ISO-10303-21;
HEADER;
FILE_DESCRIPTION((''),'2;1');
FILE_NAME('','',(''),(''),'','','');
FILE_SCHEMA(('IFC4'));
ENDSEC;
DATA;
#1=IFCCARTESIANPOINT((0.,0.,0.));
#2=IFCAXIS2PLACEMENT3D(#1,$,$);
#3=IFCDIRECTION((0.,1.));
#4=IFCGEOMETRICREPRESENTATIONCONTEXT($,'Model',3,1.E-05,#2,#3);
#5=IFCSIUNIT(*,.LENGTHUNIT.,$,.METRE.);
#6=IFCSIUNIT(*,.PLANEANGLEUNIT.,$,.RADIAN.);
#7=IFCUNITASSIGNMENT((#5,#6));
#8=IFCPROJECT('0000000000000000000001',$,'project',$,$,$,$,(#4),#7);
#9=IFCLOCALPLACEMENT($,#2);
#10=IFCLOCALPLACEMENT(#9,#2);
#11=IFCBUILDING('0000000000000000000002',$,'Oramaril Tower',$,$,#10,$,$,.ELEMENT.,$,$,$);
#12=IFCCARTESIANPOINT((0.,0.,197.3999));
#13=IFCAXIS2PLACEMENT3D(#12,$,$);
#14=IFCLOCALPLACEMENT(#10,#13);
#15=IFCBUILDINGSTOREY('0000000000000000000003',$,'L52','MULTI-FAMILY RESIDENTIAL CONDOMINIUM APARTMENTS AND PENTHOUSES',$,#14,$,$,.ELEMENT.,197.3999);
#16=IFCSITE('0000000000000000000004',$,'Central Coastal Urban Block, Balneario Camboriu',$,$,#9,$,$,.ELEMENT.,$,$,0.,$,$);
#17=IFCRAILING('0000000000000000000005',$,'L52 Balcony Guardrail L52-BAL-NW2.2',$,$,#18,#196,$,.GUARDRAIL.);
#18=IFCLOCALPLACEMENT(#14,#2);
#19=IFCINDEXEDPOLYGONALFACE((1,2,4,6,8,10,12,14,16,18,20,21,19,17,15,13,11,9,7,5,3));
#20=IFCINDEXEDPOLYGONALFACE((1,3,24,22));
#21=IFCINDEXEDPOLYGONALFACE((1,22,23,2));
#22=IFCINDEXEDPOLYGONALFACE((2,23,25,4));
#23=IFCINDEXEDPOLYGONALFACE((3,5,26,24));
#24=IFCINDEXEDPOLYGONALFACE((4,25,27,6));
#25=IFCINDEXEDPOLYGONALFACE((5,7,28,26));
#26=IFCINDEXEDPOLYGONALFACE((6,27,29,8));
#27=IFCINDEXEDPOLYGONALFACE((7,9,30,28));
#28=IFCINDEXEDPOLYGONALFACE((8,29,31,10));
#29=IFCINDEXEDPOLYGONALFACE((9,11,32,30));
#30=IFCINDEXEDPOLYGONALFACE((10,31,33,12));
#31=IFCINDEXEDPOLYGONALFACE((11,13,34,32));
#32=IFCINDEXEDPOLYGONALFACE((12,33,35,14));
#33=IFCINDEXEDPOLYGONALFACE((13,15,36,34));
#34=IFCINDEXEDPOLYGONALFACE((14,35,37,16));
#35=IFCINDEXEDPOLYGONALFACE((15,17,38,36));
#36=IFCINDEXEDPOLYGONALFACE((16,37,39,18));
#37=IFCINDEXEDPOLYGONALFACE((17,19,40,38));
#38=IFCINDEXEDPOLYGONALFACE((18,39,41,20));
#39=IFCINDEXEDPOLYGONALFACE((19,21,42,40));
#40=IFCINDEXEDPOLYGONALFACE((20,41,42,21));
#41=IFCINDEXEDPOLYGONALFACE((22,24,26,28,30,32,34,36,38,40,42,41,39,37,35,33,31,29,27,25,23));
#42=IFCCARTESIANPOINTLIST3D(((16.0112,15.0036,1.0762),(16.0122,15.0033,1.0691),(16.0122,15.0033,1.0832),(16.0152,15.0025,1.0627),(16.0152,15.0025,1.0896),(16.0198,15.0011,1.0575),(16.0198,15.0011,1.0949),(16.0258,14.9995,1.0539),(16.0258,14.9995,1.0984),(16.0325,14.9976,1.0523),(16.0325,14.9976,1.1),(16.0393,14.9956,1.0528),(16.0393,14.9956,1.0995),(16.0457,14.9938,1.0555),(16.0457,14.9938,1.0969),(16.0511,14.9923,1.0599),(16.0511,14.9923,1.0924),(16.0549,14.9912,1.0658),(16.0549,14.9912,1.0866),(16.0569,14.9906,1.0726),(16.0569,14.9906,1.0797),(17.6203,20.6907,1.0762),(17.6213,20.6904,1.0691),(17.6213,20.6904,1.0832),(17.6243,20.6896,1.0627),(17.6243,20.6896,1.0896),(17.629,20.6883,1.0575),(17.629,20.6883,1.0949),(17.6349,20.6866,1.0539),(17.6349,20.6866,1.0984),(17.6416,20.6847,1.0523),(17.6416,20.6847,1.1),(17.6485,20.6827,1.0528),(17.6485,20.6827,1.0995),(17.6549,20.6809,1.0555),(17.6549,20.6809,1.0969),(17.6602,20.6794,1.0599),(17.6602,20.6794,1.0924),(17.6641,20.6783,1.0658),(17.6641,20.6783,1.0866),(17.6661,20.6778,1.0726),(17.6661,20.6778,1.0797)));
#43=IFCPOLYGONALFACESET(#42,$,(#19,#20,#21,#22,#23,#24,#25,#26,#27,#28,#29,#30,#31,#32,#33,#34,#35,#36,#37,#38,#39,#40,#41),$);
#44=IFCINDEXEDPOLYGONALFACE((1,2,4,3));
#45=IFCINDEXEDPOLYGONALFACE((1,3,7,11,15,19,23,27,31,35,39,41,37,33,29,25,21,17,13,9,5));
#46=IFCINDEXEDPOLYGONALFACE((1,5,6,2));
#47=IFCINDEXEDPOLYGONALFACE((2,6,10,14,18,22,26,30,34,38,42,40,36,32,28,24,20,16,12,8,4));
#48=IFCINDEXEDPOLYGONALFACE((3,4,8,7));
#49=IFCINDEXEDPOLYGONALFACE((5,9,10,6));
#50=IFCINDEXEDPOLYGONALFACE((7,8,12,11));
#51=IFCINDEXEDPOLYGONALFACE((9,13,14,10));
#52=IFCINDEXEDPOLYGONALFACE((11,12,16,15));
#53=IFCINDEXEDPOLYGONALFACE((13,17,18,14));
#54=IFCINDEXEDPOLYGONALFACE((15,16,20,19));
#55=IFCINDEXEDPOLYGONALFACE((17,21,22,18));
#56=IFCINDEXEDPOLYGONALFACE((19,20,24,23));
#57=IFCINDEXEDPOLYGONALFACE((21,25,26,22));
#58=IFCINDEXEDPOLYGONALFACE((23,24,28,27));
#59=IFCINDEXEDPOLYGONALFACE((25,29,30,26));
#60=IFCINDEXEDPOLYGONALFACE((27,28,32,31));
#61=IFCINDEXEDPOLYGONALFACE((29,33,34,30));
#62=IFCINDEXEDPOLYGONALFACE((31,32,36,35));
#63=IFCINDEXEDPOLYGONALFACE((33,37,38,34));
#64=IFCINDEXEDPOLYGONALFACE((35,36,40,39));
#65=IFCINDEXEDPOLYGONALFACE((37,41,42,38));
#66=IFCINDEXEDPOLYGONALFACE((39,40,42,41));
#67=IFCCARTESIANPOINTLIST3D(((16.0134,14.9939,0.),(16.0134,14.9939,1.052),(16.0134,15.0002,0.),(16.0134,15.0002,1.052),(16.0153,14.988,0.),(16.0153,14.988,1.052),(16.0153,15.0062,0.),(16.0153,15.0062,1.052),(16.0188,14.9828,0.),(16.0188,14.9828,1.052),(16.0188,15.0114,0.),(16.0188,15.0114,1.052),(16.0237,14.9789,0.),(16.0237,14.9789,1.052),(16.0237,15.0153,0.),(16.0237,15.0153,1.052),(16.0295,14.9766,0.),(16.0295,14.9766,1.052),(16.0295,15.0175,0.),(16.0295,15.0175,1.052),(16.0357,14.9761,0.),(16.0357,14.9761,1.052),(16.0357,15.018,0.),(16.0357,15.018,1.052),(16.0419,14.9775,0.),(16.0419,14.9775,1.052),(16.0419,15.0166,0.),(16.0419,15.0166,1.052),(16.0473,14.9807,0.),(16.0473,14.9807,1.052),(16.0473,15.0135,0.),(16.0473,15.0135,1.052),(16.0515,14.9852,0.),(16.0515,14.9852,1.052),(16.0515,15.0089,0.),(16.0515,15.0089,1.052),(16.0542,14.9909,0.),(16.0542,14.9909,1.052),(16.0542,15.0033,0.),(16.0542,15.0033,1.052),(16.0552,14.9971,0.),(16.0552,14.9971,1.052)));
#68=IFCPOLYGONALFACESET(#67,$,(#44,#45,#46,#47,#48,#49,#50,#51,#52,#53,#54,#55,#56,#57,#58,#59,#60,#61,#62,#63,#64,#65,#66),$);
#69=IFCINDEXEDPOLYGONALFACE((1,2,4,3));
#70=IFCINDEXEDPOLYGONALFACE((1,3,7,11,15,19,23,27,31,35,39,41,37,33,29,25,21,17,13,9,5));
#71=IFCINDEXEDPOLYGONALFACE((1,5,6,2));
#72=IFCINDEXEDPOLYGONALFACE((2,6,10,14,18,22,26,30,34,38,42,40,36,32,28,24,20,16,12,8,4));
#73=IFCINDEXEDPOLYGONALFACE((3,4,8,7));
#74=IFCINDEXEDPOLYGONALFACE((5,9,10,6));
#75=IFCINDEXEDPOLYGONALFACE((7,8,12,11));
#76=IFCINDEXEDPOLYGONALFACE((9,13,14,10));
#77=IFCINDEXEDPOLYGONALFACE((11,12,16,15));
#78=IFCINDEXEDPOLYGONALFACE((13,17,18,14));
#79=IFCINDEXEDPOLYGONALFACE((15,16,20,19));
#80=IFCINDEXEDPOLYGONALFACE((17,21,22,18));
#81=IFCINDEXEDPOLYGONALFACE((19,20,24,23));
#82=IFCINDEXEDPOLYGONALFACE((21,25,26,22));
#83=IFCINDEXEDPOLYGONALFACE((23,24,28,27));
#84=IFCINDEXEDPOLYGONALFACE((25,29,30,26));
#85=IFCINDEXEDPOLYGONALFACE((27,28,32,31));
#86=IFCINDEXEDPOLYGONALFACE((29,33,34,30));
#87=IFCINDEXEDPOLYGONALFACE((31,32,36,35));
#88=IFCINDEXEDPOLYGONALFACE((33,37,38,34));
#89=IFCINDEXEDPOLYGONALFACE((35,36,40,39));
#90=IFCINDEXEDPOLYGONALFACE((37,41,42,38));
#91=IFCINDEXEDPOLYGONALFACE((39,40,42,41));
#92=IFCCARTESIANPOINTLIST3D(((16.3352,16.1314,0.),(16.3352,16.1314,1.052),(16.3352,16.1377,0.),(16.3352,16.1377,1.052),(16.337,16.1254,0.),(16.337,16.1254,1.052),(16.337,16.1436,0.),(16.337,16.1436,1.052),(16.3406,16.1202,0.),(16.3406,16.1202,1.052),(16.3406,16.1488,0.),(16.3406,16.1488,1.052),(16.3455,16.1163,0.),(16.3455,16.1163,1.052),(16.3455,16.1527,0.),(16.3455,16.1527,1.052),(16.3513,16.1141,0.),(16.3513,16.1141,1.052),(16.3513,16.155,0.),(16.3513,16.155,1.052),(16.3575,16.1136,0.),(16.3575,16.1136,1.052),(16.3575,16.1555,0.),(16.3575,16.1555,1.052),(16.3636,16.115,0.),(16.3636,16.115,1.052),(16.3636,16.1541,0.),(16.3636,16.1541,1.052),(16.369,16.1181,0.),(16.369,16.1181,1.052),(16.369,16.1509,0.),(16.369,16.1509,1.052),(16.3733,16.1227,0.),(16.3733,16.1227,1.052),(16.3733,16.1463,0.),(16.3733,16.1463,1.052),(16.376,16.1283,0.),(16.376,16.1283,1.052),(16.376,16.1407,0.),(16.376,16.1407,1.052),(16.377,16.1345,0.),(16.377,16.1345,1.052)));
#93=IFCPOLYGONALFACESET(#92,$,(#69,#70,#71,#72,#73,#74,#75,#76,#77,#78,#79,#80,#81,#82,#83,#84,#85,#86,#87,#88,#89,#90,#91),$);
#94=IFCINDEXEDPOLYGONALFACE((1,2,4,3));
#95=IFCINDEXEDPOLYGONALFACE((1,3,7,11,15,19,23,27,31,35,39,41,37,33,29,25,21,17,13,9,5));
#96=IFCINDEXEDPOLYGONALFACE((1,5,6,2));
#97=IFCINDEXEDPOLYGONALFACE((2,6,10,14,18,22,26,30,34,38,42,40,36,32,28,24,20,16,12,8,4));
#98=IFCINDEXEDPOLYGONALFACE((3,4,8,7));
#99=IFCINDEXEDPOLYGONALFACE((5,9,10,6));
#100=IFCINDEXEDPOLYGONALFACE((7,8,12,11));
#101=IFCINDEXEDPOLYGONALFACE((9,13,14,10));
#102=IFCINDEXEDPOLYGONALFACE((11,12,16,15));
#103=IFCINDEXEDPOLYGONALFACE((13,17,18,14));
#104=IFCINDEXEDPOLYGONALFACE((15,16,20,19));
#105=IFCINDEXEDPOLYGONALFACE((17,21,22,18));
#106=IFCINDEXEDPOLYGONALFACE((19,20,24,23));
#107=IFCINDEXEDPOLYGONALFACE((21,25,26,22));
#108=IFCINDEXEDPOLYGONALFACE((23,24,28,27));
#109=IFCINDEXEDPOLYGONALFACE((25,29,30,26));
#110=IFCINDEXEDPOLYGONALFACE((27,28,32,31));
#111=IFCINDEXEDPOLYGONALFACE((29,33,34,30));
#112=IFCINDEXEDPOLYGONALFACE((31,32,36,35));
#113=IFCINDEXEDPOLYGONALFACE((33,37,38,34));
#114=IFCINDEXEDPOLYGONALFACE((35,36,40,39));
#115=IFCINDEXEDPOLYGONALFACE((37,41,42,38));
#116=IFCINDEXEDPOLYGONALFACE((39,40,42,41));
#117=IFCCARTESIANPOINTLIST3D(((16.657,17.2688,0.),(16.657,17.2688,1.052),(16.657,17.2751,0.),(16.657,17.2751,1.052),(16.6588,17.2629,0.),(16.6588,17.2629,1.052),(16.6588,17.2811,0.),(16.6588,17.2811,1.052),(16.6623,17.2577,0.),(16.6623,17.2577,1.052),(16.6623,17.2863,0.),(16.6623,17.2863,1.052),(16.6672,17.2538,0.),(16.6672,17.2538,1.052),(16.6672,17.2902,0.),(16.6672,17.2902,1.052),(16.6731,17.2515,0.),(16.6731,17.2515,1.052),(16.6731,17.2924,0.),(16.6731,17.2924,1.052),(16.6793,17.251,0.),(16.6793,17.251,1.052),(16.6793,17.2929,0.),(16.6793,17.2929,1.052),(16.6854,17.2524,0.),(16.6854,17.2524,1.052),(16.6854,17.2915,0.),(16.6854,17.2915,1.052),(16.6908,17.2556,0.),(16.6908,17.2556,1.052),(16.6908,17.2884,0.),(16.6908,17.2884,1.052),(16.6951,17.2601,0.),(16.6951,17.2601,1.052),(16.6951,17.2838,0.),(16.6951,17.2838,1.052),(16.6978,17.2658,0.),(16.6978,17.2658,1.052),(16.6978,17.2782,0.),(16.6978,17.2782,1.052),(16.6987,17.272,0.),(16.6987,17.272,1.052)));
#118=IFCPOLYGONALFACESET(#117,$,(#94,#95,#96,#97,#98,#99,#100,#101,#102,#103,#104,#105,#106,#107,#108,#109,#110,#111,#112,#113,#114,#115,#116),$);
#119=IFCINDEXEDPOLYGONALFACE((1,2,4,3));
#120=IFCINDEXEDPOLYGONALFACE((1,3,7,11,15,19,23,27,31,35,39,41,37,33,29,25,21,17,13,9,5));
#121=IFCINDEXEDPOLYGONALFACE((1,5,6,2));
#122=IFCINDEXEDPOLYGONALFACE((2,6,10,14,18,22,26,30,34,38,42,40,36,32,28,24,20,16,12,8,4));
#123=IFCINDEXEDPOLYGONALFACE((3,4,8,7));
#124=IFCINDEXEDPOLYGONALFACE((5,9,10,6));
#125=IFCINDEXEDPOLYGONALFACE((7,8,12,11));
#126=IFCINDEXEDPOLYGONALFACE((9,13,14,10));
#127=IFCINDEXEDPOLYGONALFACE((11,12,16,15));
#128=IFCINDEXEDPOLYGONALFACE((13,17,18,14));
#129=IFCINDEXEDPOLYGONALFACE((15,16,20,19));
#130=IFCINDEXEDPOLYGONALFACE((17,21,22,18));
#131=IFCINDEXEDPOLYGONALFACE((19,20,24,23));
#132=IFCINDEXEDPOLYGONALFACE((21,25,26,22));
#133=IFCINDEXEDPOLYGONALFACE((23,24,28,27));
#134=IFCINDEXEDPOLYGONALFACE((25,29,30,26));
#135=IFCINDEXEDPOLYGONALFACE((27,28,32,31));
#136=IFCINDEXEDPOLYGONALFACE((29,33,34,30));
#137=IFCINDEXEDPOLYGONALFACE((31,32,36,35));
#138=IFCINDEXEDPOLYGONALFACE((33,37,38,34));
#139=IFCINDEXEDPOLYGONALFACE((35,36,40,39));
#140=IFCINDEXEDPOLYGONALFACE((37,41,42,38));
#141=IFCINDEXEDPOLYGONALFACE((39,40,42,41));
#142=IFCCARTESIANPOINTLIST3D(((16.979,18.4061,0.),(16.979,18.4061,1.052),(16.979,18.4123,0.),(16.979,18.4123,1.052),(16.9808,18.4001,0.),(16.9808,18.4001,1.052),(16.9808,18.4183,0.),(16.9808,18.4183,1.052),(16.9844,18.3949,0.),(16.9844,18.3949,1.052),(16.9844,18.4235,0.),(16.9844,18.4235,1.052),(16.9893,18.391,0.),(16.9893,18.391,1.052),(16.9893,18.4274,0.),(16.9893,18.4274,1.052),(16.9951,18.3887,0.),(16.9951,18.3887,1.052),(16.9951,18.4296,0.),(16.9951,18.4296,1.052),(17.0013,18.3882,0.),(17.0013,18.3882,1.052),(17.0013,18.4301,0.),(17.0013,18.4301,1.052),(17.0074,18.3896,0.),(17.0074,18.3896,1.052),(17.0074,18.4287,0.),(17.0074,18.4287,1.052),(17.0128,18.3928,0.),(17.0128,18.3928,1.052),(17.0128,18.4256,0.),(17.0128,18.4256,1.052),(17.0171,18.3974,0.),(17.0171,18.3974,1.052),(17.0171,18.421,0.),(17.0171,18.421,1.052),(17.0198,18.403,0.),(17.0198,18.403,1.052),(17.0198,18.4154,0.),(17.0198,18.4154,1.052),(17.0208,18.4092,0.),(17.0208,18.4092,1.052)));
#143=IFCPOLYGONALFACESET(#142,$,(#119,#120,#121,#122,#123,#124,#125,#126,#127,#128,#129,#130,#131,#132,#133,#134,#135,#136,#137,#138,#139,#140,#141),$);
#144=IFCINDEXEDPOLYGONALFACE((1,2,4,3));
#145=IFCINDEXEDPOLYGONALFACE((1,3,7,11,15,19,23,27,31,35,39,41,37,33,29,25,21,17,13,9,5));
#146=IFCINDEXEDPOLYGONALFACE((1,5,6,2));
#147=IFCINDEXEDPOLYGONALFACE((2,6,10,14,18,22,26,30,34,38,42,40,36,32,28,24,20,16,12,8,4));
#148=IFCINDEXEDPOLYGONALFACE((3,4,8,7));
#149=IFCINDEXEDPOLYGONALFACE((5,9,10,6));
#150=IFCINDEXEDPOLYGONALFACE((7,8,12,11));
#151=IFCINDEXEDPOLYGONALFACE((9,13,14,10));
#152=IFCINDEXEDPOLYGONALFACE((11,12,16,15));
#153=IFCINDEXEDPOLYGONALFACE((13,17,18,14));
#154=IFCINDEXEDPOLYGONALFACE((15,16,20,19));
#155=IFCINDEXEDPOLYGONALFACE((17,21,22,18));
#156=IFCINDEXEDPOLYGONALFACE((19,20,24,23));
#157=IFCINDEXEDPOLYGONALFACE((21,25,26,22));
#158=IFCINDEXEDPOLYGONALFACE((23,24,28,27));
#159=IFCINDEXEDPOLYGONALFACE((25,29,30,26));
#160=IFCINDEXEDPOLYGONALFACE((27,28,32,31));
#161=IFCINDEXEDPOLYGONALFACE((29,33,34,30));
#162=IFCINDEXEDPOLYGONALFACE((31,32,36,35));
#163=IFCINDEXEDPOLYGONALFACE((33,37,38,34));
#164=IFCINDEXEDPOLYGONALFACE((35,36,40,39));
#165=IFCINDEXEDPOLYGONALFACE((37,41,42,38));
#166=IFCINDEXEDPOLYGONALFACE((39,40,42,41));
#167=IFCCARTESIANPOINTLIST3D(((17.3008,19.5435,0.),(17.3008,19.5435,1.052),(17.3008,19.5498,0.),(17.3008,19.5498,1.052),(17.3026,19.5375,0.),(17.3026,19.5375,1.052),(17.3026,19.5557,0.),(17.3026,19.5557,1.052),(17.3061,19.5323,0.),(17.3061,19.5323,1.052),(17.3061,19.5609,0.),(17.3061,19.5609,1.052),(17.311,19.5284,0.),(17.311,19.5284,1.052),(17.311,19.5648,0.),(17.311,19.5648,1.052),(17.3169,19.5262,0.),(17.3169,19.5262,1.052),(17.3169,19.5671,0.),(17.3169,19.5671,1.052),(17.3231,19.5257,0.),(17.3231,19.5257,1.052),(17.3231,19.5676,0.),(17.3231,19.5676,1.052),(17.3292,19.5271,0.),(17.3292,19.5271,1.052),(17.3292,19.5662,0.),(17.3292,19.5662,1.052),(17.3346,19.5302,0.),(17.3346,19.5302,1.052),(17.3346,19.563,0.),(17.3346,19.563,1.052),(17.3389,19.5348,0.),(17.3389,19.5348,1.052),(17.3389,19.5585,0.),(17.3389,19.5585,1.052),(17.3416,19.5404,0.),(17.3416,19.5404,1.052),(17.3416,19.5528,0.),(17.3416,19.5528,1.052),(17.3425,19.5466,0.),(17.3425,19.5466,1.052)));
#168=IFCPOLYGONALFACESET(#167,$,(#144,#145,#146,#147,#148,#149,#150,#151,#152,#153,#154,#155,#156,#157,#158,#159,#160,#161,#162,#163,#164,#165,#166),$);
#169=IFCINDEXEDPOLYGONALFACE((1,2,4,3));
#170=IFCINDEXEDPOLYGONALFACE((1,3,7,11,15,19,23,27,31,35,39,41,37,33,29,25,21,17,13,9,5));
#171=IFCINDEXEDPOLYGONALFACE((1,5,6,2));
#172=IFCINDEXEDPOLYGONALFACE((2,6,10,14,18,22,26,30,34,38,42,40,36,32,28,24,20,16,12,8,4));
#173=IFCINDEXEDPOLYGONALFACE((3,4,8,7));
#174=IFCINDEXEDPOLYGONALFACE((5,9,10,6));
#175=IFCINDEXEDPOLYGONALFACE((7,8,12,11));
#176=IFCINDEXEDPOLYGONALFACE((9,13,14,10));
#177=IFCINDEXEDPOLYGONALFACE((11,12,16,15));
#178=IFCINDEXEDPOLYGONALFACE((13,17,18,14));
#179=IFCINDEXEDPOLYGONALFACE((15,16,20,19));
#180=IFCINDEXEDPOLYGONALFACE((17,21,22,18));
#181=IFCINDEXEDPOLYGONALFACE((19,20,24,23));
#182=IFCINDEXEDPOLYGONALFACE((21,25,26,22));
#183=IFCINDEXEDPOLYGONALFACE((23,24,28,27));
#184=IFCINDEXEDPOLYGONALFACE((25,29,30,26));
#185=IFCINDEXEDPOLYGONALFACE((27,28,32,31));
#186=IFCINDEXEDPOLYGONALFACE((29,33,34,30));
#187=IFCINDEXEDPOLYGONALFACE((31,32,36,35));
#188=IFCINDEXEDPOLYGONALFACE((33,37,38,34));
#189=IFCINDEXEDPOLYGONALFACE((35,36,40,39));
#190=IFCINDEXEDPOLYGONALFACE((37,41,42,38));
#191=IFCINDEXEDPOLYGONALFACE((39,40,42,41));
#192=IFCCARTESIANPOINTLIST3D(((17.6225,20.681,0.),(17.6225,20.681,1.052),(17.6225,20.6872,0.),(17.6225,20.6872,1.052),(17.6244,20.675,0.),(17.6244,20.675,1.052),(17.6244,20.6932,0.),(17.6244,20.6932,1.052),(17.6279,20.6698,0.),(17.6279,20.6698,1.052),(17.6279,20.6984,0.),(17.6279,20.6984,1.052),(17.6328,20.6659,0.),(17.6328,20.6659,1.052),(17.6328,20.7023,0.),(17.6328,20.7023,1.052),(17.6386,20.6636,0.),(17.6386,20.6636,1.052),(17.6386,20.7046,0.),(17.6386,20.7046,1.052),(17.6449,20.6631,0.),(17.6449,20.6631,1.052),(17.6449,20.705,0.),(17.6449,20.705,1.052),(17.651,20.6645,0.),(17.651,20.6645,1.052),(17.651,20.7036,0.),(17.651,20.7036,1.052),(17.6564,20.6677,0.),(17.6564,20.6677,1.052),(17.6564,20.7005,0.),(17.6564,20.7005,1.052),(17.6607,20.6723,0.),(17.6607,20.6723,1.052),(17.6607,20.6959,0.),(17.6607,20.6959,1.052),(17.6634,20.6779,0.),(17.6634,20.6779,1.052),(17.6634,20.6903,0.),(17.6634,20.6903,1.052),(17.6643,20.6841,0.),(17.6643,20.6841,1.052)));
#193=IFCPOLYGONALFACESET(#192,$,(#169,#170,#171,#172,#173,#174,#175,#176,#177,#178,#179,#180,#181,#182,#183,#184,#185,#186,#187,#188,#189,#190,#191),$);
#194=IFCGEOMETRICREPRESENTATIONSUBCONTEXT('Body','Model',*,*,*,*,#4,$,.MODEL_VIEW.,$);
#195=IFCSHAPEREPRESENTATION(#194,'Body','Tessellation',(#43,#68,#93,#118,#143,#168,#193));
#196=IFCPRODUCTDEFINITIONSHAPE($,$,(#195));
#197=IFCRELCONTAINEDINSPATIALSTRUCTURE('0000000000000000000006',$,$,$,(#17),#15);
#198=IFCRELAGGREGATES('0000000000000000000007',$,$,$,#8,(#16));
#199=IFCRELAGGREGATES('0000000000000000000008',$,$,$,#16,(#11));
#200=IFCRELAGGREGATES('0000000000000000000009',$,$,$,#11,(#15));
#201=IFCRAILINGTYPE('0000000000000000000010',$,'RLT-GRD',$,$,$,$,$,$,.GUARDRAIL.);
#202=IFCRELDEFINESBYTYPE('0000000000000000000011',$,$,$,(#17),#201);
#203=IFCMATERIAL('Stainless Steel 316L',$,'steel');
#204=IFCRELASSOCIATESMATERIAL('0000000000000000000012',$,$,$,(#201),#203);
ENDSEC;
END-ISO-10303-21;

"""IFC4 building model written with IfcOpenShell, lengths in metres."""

from ifc_helpers import new_model, si_unit, direction, frame, origin, origin_2d, place, context, subcontext, project, spatial, circle, extrude, material, type_object, element, save


model = new_model("IFC4")

# Units and contexts
model_context = context("Model", 3, precision=1e-05, world=origin(), true_north=direction((0.0, 1.0)))
body_context = subcontext(model_context, "Body", "Model", "MODEL_VIEW")
ifc_project = project(units=[si_unit("LENGTHUNIT", "METRE"), si_unit("PLANEANGLEUNIT", "RADIAN")], contexts=[model_context])

# Site, building, storey
site_placement = place(None, origin())
site = spatial("IfcSite", under=ifc_project, at=site_placement, Name="Central Coastal Urban Block, Balneario Camboriu", CompositionType="ELEMENT", RefElevation=0.0)
building_placement = place(site_placement, origin())
building = spatial("IfcBuilding", under=site, at=building_placement, Name="Oramaril Tower", CompositionType="ELEMENT")
storey_placement = place(building_placement, frame((0.0, 0.0, 197.3999)))
storey = spatial("IfcBuildingStorey", under=building, at=storey_placement, Name="L52", Description="MULTI-FAMILY RESIDENTIAL CONDOMINIUM APARTMENTS AND PENTHOUSES", CompositionType="ELEMENT", Elevation=197.3999)

# Railing
ifc_material_1 = material(Name="Stainless Steel 316L", Category="steel")
railing_type = type_object("IfcRailingType", Name="RLT-GRD", PredefinedType="GUARDRAIL", material=ifc_material_1)
railing_1_placement = place(storey_placement, frame((16.0342, 14.9971, 0.0)))
element("IfcRailing", 1, at=railing_1_placement, inside=storey, type_object=railing_type, Name="L52 Balcony Guardrail L52-BAL-NW2.2", PredefinedType="GUARDRAIL", context=body_context, shape_type="SweptSolid", body=[
    extrude(circle(Radius=0.0239, at=origin_2d()), frame((0.0, 0.0, 1.0762), z_axis=(0.27226, 0.962224, 0.0), x_axis=(-0.962224, 0.27226, 0.0)), (0.0, 0.0, 1.0), 5.9104),
    extrude(circle(Radius=0.021, at=origin_2d()), origin(), (0.0, 0.0, 1.0), 1.052),
    extrude(circle(Radius=0.021, at=origin_2d()), frame((0.3218, 1.1375, 0.0)), (0.0, 0.0, 1.0), 1.052),
    extrude(circle(Radius=0.021, at=origin_2d()), frame((0.6436, 2.2749, 0.0)), (0.0, 0.0, 1.0), 1.052),
    extrude(circle(Radius=0.021, at=origin_2d()), frame((0.9656, 3.4121, 0.0)), (0.0, 0.0, 1.0), 1.052),
    extrude(circle(Radius=0.021, at=origin_2d()), frame((1.2874, 4.5496, 0.0)), (0.0, 0.0, 1.0), 1.052),
    extrude(circle(Radius=0.021, at=origin_2d()), frame((1.6091, 5.687, 0.0)), (0.0, 0.0, 1.0), 1.052),
])

save(model, "model.ifc")
